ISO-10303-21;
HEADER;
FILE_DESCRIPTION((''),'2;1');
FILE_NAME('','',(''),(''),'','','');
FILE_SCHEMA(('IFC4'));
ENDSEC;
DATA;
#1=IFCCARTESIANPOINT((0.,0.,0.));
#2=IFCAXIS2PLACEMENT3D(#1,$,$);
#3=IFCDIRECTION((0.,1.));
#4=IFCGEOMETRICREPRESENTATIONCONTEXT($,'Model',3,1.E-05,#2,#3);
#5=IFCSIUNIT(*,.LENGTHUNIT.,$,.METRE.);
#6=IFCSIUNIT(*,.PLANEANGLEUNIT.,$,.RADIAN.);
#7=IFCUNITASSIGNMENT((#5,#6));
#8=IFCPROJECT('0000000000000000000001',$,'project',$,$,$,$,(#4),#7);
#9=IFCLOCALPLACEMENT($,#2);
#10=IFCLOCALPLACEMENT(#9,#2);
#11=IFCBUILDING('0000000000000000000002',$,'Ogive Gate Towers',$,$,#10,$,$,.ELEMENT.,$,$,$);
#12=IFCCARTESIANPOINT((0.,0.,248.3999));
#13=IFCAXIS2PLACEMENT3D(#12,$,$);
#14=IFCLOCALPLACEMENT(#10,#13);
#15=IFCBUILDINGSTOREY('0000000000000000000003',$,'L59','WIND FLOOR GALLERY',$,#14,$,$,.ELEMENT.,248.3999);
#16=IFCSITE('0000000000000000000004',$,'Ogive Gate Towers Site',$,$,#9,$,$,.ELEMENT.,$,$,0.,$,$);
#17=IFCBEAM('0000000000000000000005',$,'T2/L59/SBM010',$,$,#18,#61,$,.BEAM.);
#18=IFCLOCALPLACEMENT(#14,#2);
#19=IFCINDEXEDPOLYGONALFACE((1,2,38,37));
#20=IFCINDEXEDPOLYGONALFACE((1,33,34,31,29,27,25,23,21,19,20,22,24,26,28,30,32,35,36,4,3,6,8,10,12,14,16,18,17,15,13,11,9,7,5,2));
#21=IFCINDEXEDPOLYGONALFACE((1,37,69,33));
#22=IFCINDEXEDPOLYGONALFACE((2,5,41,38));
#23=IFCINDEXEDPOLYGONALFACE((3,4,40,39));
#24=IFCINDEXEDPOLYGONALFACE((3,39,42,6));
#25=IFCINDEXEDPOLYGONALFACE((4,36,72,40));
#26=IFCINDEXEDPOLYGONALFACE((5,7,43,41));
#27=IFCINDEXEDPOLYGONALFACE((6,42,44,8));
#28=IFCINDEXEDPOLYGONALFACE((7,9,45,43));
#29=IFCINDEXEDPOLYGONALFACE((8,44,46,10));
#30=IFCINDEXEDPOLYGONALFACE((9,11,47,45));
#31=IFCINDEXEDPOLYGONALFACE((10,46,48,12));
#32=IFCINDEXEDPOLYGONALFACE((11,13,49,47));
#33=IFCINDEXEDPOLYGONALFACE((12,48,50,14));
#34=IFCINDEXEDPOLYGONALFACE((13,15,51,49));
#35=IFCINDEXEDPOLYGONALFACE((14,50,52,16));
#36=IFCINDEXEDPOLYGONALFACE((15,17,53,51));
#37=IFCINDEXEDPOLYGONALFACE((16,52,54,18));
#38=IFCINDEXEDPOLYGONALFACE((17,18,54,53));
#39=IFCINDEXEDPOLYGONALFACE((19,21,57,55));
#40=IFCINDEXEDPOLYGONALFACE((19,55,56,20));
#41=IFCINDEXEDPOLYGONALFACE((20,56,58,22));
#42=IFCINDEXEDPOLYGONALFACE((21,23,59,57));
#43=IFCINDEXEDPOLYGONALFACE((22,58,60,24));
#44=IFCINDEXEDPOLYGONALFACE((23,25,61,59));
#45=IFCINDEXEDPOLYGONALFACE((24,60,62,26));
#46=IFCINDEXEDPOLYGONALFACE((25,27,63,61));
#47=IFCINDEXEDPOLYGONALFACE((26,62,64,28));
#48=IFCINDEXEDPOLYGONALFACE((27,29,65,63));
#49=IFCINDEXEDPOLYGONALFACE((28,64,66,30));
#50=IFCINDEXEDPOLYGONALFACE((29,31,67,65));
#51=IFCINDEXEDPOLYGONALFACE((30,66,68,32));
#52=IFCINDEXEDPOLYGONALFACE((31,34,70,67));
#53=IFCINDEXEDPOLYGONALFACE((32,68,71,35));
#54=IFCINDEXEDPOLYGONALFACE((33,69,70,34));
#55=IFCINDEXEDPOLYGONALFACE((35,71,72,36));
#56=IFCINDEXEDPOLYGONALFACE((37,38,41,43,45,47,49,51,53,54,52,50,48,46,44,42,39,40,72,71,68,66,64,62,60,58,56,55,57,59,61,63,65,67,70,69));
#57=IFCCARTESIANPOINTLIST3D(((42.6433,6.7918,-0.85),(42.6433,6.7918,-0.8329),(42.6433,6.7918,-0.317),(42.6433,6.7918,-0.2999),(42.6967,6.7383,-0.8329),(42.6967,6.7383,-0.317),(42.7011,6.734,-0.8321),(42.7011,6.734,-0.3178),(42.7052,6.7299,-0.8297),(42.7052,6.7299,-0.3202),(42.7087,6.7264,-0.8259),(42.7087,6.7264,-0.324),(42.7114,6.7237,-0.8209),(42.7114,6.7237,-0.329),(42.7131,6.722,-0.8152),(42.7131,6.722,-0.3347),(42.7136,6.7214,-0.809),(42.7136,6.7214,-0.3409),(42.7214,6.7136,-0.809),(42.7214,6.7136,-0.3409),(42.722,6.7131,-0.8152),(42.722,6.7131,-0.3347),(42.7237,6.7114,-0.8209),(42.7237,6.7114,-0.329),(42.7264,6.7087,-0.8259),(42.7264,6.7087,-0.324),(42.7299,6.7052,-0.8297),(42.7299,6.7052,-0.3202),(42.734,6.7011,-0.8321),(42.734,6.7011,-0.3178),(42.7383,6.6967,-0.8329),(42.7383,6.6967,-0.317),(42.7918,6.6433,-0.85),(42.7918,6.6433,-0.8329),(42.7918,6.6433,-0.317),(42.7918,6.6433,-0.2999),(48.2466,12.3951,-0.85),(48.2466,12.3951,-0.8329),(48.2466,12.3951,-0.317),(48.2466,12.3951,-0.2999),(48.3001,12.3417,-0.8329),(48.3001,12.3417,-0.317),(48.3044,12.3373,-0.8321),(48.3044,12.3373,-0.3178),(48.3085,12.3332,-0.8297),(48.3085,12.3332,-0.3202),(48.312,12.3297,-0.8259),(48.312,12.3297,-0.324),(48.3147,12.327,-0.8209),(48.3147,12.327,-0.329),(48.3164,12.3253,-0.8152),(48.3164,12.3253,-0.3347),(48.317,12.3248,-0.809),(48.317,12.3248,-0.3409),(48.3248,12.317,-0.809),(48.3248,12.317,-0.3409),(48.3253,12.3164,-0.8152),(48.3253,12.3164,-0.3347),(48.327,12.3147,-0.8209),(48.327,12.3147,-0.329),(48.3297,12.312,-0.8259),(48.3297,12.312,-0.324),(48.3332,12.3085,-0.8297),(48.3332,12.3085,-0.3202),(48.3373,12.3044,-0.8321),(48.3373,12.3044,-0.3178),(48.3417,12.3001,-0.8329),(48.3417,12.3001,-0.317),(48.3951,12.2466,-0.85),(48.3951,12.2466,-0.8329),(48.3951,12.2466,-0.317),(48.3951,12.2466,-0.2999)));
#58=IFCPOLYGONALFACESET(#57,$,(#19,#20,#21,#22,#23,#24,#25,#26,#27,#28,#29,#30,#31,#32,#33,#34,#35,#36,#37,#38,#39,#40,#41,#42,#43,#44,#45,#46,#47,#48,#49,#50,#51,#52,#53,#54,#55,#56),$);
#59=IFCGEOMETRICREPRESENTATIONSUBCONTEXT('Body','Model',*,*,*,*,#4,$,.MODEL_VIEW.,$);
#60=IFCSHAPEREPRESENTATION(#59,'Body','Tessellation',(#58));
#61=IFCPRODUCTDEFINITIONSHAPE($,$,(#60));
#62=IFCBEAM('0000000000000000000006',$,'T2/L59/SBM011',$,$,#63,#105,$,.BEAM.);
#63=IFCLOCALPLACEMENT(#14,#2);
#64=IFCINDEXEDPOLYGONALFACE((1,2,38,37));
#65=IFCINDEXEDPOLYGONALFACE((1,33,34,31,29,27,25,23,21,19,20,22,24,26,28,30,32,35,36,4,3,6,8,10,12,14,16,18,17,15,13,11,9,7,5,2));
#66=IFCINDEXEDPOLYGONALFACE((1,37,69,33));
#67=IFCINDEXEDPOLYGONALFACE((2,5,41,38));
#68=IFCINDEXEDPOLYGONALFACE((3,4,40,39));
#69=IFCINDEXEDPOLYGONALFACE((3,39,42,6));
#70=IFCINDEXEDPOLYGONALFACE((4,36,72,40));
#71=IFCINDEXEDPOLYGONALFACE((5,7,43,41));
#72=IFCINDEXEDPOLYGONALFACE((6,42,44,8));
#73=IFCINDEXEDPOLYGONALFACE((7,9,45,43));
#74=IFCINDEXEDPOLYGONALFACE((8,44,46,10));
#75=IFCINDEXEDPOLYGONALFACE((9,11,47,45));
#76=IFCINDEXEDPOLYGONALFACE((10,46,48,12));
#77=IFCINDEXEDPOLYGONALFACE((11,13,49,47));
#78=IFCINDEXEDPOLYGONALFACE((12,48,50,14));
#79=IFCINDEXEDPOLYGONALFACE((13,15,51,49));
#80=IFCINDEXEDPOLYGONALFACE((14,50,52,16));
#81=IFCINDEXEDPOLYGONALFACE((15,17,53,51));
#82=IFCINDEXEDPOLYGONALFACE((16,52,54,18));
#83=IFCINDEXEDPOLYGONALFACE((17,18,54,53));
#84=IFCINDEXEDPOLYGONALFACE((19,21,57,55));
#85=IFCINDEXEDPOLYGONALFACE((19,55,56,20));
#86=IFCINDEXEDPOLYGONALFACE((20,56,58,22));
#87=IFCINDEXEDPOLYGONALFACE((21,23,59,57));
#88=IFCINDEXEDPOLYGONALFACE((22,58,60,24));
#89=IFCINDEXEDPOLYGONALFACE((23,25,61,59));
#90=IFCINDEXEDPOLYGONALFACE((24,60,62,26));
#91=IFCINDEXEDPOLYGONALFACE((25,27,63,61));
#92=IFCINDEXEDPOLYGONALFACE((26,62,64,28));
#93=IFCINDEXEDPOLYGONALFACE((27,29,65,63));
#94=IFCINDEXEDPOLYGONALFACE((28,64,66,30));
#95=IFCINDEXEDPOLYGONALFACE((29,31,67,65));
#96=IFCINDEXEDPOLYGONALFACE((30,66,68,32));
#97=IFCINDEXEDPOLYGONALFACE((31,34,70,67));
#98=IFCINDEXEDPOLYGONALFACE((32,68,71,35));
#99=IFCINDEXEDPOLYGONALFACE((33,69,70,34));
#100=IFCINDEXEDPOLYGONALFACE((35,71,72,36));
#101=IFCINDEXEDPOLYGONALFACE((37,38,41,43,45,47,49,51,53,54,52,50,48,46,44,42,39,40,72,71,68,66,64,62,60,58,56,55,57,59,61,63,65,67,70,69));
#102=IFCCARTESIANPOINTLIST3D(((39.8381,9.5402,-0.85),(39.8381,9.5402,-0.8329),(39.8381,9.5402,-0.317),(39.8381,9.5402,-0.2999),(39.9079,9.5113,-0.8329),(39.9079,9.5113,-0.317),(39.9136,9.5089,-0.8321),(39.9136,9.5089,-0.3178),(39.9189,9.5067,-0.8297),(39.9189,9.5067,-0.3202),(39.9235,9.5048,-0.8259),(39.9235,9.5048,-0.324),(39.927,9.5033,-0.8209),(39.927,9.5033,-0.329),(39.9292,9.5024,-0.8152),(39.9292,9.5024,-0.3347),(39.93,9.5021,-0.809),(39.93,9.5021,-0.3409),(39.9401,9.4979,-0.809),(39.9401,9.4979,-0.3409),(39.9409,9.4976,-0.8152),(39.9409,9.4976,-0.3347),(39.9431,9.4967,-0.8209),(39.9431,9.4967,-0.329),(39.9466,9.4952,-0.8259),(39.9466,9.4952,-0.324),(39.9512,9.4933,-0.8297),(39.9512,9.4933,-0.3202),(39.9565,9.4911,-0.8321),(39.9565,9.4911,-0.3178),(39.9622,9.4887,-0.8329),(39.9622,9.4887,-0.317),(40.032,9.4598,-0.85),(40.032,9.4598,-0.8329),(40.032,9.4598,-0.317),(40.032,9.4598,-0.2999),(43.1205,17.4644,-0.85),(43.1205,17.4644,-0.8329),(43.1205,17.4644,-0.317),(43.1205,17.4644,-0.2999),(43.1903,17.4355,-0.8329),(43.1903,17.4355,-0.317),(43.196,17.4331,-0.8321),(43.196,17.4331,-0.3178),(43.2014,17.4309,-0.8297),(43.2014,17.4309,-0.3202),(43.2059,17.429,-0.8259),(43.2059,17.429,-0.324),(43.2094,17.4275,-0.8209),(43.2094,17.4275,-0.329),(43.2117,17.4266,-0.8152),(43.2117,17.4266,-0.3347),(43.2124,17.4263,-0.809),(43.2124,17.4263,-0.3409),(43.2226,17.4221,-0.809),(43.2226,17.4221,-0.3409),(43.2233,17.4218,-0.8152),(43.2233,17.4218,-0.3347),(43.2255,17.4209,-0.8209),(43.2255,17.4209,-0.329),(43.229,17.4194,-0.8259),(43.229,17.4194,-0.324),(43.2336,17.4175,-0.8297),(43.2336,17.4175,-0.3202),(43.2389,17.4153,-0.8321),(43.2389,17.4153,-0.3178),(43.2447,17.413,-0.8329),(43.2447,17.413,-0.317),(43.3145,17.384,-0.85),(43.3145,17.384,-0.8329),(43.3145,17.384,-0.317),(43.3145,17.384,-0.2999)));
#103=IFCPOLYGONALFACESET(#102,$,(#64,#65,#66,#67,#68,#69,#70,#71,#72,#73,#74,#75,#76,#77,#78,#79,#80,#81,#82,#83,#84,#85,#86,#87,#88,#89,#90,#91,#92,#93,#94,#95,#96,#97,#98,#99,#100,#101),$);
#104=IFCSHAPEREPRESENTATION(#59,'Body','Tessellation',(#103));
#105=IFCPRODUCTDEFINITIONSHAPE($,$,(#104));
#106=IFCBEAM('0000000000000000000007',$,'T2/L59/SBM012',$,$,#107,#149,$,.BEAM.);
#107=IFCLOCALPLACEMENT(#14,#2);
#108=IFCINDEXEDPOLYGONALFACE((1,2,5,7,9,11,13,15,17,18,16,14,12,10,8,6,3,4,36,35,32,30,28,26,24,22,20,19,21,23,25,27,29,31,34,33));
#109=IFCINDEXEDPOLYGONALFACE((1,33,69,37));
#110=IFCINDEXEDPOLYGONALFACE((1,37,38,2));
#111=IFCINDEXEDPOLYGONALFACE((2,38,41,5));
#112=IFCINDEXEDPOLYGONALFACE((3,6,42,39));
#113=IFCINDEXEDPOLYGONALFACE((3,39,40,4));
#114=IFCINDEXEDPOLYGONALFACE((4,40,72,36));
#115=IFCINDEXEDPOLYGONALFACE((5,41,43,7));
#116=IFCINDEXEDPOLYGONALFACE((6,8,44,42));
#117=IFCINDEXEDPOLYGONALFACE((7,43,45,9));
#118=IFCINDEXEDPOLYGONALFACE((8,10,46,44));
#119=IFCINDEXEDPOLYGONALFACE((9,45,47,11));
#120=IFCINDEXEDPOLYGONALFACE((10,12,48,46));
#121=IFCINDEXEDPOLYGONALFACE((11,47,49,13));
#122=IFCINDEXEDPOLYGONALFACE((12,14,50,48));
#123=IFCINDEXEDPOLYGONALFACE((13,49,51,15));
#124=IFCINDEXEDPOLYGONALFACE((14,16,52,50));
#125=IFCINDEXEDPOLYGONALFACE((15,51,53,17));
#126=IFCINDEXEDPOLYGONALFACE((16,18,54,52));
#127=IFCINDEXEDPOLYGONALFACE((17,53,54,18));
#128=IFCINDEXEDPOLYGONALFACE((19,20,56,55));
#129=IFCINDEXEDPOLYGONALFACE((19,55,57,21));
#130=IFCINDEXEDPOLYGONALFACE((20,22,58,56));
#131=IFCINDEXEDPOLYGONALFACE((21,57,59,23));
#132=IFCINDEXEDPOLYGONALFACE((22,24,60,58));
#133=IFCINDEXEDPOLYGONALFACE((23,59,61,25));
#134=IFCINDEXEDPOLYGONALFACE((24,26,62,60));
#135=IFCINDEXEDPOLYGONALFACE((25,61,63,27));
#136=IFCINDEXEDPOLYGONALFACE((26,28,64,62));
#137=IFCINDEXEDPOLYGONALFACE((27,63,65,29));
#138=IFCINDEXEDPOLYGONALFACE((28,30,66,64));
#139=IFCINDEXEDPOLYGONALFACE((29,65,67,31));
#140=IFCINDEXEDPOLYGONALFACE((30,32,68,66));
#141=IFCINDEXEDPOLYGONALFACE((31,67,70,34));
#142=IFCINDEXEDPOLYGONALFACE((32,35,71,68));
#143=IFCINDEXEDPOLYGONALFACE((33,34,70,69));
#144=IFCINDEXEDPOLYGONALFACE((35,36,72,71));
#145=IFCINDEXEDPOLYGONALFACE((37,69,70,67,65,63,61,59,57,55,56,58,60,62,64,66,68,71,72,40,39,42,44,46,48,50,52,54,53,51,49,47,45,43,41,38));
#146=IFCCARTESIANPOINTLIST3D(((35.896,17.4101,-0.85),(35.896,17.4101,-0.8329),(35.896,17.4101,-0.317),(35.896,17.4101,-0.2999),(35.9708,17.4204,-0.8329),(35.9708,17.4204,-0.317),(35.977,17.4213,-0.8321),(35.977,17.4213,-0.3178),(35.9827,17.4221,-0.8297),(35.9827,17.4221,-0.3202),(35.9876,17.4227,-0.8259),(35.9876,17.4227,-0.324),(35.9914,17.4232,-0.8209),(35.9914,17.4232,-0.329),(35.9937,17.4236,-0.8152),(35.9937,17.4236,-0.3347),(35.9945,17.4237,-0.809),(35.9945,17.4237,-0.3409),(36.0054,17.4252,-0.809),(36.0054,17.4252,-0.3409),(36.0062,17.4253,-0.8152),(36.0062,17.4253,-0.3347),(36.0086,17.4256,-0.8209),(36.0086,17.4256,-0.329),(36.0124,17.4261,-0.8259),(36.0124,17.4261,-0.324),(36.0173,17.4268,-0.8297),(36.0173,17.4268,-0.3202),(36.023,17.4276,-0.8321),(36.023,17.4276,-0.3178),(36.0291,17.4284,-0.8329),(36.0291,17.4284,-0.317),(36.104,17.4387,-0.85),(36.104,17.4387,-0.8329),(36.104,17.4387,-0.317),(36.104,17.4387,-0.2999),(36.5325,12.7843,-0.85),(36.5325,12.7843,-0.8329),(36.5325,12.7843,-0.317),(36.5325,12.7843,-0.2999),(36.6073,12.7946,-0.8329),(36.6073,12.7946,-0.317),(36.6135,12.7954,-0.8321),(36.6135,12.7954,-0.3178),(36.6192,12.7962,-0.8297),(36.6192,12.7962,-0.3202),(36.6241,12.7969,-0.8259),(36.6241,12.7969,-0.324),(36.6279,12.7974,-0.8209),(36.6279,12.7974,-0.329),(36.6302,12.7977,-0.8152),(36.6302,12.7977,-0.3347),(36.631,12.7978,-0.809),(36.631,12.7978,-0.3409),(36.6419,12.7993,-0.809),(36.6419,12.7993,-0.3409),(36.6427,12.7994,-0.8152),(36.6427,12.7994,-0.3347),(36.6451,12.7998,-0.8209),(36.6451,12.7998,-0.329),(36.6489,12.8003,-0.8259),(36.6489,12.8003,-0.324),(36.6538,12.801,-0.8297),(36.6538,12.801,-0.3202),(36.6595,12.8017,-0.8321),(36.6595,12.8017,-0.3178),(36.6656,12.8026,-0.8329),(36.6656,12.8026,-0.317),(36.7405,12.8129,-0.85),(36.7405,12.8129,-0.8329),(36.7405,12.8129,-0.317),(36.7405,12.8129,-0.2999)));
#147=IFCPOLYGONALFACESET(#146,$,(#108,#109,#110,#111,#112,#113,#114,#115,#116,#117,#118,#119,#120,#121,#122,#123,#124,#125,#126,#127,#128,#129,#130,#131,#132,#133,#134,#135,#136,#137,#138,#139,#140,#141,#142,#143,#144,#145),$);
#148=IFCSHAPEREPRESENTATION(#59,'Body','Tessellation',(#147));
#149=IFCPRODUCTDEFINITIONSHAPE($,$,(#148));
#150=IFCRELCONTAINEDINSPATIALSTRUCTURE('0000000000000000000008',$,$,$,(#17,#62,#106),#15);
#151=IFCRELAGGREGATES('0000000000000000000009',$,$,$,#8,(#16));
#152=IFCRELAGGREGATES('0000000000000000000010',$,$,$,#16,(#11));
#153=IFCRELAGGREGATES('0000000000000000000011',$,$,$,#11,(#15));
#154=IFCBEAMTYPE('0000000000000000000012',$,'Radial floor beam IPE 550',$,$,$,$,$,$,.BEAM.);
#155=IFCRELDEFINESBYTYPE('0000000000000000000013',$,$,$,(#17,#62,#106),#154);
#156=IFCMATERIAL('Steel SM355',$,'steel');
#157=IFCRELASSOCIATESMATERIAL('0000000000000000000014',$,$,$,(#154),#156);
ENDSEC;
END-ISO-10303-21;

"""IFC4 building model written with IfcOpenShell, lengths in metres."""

from ifc_helpers import new_model, si_unit, direction, frame, origin, origin_2d, place, context, subcontext, project, spatial, i_section, extrude, material, material_profile, profile_set, type_object, element, save


model = new_model("IFC4")

# Units and contexts
model_context = context("Model", 3, precision=1e-05, world=origin(), true_north=direction((0.0, 1.0)))
body_context = subcontext(model_context, "Body", "Model", "MODEL_VIEW")
ifc_project = project(units=[si_unit("LENGTHUNIT", "METRE"), si_unit("PLANEANGLEUNIT", "RADIAN")], contexts=[model_context])

# Site, building, storey
site_placement = place(None, origin())
site = spatial("IfcSite", under=ifc_project, at=site_placement, Name="Ogive Gate Towers Site", CompositionType="ELEMENT", RefElevation=0.0)
building_placement = place(site_placement, origin())
building = spatial("IfcBuilding", under=site, at=building_placement, Name="Ogive Gate Towers", CompositionType="ELEMENT")
storey_placement = place(building_placement, frame((0.0, 0.0, 248.3999)))
storey = spatial("IfcBuildingStorey", under=building, at=storey_placement, Name="L59", Description="WIND FLOOR GALLERY", CompositionType="ELEMENT", Elevation=248.3999)

# Beams
ifc_material_1 = material(Name="Steel SM355", Category="steel")
ifc_material_profile_1 = material_profile(ifc_material_1, i_section(OverallWidth=0.21, OverallDepth=0.55, WebThickness=0.011, FlangeThickness=0.0171, FilletRadius=0.0239, at=origin_2d()), Name="IPE 550")
ifc_profile_set_1 = profile_set([ifc_material_profile_1], Name="Steel SM355")
beam_type_1 = type_object("IfcBeamType", Name="Radial floor beam IPE 550", PredefinedType="BEAM", material=ifc_profile_set_1)
beam_1_placement = place(storey_placement, frame((42.7175, 6.7175, -0.575), z_axis=(0.707107, 0.707107, 0.0), x_axis=(-0.707107, 0.707107, 0.0)))
element("IfcBeam", 1, at=beam_1_placement, inside=storey, type_object=beam_type_1, Name="T2/L59/SBM010", PredefinedType="BEAM", context=body_context, shape_type="SweptSolid", body=[
    extrude(i_section(OverallWidth=0.21, OverallDepth=0.55, WebThickness=0.011, FlangeThickness=0.0171, FilletRadius=0.0239, at=origin_2d()), origin(), (0.0, 0.0, 1.0), 7.9243),
])
beam_2_placement = place(storey_placement, frame((39.9351, 9.5, -0.575), z_axis=(0.382695, 0.923875, 0.0), x_axis=(-0.923875, 0.382695, 0.0)))
element("IfcBeam", 2, at=beam_2_placement, inside=storey, type_object=beam_type_1, Name="T2/L59/SBM011", PredefinedType="BEAM", context=body_context, shape_type="SweptSolid", body=[
    extrude(i_section(OverallWidth=0.21, OverallDepth=0.55, WebThickness=0.011, FlangeThickness=0.0171, FilletRadius=0.0239, at=origin_2d()), origin(), (0.0, 0.0, 1.0), 8.5771),
])
beam_3_placement = place(storey_placement, frame((36.6365, 12.7986, -0.575), z_axis=(-0.13631, 0.990666, 0.0), x_axis=(-0.990666, -0.13631, 0.0)))
element("IfcBeam", 3, at=beam_3_placement, inside=storey, type_object=beam_type_1, Name="T2/L59/SBM012", PredefinedType="BEAM", context=body_context, shape_type="SweptSolid", body=[
    extrude(i_section(OverallWidth=0.21, OverallDepth=0.55, WebThickness=0.011, FlangeThickness=0.0171, FilletRadius=0.0239, at=origin_2d()), origin(), (0.0, 0.0, 1.0), 4.6694),
])

save(model, "model.ifc")
